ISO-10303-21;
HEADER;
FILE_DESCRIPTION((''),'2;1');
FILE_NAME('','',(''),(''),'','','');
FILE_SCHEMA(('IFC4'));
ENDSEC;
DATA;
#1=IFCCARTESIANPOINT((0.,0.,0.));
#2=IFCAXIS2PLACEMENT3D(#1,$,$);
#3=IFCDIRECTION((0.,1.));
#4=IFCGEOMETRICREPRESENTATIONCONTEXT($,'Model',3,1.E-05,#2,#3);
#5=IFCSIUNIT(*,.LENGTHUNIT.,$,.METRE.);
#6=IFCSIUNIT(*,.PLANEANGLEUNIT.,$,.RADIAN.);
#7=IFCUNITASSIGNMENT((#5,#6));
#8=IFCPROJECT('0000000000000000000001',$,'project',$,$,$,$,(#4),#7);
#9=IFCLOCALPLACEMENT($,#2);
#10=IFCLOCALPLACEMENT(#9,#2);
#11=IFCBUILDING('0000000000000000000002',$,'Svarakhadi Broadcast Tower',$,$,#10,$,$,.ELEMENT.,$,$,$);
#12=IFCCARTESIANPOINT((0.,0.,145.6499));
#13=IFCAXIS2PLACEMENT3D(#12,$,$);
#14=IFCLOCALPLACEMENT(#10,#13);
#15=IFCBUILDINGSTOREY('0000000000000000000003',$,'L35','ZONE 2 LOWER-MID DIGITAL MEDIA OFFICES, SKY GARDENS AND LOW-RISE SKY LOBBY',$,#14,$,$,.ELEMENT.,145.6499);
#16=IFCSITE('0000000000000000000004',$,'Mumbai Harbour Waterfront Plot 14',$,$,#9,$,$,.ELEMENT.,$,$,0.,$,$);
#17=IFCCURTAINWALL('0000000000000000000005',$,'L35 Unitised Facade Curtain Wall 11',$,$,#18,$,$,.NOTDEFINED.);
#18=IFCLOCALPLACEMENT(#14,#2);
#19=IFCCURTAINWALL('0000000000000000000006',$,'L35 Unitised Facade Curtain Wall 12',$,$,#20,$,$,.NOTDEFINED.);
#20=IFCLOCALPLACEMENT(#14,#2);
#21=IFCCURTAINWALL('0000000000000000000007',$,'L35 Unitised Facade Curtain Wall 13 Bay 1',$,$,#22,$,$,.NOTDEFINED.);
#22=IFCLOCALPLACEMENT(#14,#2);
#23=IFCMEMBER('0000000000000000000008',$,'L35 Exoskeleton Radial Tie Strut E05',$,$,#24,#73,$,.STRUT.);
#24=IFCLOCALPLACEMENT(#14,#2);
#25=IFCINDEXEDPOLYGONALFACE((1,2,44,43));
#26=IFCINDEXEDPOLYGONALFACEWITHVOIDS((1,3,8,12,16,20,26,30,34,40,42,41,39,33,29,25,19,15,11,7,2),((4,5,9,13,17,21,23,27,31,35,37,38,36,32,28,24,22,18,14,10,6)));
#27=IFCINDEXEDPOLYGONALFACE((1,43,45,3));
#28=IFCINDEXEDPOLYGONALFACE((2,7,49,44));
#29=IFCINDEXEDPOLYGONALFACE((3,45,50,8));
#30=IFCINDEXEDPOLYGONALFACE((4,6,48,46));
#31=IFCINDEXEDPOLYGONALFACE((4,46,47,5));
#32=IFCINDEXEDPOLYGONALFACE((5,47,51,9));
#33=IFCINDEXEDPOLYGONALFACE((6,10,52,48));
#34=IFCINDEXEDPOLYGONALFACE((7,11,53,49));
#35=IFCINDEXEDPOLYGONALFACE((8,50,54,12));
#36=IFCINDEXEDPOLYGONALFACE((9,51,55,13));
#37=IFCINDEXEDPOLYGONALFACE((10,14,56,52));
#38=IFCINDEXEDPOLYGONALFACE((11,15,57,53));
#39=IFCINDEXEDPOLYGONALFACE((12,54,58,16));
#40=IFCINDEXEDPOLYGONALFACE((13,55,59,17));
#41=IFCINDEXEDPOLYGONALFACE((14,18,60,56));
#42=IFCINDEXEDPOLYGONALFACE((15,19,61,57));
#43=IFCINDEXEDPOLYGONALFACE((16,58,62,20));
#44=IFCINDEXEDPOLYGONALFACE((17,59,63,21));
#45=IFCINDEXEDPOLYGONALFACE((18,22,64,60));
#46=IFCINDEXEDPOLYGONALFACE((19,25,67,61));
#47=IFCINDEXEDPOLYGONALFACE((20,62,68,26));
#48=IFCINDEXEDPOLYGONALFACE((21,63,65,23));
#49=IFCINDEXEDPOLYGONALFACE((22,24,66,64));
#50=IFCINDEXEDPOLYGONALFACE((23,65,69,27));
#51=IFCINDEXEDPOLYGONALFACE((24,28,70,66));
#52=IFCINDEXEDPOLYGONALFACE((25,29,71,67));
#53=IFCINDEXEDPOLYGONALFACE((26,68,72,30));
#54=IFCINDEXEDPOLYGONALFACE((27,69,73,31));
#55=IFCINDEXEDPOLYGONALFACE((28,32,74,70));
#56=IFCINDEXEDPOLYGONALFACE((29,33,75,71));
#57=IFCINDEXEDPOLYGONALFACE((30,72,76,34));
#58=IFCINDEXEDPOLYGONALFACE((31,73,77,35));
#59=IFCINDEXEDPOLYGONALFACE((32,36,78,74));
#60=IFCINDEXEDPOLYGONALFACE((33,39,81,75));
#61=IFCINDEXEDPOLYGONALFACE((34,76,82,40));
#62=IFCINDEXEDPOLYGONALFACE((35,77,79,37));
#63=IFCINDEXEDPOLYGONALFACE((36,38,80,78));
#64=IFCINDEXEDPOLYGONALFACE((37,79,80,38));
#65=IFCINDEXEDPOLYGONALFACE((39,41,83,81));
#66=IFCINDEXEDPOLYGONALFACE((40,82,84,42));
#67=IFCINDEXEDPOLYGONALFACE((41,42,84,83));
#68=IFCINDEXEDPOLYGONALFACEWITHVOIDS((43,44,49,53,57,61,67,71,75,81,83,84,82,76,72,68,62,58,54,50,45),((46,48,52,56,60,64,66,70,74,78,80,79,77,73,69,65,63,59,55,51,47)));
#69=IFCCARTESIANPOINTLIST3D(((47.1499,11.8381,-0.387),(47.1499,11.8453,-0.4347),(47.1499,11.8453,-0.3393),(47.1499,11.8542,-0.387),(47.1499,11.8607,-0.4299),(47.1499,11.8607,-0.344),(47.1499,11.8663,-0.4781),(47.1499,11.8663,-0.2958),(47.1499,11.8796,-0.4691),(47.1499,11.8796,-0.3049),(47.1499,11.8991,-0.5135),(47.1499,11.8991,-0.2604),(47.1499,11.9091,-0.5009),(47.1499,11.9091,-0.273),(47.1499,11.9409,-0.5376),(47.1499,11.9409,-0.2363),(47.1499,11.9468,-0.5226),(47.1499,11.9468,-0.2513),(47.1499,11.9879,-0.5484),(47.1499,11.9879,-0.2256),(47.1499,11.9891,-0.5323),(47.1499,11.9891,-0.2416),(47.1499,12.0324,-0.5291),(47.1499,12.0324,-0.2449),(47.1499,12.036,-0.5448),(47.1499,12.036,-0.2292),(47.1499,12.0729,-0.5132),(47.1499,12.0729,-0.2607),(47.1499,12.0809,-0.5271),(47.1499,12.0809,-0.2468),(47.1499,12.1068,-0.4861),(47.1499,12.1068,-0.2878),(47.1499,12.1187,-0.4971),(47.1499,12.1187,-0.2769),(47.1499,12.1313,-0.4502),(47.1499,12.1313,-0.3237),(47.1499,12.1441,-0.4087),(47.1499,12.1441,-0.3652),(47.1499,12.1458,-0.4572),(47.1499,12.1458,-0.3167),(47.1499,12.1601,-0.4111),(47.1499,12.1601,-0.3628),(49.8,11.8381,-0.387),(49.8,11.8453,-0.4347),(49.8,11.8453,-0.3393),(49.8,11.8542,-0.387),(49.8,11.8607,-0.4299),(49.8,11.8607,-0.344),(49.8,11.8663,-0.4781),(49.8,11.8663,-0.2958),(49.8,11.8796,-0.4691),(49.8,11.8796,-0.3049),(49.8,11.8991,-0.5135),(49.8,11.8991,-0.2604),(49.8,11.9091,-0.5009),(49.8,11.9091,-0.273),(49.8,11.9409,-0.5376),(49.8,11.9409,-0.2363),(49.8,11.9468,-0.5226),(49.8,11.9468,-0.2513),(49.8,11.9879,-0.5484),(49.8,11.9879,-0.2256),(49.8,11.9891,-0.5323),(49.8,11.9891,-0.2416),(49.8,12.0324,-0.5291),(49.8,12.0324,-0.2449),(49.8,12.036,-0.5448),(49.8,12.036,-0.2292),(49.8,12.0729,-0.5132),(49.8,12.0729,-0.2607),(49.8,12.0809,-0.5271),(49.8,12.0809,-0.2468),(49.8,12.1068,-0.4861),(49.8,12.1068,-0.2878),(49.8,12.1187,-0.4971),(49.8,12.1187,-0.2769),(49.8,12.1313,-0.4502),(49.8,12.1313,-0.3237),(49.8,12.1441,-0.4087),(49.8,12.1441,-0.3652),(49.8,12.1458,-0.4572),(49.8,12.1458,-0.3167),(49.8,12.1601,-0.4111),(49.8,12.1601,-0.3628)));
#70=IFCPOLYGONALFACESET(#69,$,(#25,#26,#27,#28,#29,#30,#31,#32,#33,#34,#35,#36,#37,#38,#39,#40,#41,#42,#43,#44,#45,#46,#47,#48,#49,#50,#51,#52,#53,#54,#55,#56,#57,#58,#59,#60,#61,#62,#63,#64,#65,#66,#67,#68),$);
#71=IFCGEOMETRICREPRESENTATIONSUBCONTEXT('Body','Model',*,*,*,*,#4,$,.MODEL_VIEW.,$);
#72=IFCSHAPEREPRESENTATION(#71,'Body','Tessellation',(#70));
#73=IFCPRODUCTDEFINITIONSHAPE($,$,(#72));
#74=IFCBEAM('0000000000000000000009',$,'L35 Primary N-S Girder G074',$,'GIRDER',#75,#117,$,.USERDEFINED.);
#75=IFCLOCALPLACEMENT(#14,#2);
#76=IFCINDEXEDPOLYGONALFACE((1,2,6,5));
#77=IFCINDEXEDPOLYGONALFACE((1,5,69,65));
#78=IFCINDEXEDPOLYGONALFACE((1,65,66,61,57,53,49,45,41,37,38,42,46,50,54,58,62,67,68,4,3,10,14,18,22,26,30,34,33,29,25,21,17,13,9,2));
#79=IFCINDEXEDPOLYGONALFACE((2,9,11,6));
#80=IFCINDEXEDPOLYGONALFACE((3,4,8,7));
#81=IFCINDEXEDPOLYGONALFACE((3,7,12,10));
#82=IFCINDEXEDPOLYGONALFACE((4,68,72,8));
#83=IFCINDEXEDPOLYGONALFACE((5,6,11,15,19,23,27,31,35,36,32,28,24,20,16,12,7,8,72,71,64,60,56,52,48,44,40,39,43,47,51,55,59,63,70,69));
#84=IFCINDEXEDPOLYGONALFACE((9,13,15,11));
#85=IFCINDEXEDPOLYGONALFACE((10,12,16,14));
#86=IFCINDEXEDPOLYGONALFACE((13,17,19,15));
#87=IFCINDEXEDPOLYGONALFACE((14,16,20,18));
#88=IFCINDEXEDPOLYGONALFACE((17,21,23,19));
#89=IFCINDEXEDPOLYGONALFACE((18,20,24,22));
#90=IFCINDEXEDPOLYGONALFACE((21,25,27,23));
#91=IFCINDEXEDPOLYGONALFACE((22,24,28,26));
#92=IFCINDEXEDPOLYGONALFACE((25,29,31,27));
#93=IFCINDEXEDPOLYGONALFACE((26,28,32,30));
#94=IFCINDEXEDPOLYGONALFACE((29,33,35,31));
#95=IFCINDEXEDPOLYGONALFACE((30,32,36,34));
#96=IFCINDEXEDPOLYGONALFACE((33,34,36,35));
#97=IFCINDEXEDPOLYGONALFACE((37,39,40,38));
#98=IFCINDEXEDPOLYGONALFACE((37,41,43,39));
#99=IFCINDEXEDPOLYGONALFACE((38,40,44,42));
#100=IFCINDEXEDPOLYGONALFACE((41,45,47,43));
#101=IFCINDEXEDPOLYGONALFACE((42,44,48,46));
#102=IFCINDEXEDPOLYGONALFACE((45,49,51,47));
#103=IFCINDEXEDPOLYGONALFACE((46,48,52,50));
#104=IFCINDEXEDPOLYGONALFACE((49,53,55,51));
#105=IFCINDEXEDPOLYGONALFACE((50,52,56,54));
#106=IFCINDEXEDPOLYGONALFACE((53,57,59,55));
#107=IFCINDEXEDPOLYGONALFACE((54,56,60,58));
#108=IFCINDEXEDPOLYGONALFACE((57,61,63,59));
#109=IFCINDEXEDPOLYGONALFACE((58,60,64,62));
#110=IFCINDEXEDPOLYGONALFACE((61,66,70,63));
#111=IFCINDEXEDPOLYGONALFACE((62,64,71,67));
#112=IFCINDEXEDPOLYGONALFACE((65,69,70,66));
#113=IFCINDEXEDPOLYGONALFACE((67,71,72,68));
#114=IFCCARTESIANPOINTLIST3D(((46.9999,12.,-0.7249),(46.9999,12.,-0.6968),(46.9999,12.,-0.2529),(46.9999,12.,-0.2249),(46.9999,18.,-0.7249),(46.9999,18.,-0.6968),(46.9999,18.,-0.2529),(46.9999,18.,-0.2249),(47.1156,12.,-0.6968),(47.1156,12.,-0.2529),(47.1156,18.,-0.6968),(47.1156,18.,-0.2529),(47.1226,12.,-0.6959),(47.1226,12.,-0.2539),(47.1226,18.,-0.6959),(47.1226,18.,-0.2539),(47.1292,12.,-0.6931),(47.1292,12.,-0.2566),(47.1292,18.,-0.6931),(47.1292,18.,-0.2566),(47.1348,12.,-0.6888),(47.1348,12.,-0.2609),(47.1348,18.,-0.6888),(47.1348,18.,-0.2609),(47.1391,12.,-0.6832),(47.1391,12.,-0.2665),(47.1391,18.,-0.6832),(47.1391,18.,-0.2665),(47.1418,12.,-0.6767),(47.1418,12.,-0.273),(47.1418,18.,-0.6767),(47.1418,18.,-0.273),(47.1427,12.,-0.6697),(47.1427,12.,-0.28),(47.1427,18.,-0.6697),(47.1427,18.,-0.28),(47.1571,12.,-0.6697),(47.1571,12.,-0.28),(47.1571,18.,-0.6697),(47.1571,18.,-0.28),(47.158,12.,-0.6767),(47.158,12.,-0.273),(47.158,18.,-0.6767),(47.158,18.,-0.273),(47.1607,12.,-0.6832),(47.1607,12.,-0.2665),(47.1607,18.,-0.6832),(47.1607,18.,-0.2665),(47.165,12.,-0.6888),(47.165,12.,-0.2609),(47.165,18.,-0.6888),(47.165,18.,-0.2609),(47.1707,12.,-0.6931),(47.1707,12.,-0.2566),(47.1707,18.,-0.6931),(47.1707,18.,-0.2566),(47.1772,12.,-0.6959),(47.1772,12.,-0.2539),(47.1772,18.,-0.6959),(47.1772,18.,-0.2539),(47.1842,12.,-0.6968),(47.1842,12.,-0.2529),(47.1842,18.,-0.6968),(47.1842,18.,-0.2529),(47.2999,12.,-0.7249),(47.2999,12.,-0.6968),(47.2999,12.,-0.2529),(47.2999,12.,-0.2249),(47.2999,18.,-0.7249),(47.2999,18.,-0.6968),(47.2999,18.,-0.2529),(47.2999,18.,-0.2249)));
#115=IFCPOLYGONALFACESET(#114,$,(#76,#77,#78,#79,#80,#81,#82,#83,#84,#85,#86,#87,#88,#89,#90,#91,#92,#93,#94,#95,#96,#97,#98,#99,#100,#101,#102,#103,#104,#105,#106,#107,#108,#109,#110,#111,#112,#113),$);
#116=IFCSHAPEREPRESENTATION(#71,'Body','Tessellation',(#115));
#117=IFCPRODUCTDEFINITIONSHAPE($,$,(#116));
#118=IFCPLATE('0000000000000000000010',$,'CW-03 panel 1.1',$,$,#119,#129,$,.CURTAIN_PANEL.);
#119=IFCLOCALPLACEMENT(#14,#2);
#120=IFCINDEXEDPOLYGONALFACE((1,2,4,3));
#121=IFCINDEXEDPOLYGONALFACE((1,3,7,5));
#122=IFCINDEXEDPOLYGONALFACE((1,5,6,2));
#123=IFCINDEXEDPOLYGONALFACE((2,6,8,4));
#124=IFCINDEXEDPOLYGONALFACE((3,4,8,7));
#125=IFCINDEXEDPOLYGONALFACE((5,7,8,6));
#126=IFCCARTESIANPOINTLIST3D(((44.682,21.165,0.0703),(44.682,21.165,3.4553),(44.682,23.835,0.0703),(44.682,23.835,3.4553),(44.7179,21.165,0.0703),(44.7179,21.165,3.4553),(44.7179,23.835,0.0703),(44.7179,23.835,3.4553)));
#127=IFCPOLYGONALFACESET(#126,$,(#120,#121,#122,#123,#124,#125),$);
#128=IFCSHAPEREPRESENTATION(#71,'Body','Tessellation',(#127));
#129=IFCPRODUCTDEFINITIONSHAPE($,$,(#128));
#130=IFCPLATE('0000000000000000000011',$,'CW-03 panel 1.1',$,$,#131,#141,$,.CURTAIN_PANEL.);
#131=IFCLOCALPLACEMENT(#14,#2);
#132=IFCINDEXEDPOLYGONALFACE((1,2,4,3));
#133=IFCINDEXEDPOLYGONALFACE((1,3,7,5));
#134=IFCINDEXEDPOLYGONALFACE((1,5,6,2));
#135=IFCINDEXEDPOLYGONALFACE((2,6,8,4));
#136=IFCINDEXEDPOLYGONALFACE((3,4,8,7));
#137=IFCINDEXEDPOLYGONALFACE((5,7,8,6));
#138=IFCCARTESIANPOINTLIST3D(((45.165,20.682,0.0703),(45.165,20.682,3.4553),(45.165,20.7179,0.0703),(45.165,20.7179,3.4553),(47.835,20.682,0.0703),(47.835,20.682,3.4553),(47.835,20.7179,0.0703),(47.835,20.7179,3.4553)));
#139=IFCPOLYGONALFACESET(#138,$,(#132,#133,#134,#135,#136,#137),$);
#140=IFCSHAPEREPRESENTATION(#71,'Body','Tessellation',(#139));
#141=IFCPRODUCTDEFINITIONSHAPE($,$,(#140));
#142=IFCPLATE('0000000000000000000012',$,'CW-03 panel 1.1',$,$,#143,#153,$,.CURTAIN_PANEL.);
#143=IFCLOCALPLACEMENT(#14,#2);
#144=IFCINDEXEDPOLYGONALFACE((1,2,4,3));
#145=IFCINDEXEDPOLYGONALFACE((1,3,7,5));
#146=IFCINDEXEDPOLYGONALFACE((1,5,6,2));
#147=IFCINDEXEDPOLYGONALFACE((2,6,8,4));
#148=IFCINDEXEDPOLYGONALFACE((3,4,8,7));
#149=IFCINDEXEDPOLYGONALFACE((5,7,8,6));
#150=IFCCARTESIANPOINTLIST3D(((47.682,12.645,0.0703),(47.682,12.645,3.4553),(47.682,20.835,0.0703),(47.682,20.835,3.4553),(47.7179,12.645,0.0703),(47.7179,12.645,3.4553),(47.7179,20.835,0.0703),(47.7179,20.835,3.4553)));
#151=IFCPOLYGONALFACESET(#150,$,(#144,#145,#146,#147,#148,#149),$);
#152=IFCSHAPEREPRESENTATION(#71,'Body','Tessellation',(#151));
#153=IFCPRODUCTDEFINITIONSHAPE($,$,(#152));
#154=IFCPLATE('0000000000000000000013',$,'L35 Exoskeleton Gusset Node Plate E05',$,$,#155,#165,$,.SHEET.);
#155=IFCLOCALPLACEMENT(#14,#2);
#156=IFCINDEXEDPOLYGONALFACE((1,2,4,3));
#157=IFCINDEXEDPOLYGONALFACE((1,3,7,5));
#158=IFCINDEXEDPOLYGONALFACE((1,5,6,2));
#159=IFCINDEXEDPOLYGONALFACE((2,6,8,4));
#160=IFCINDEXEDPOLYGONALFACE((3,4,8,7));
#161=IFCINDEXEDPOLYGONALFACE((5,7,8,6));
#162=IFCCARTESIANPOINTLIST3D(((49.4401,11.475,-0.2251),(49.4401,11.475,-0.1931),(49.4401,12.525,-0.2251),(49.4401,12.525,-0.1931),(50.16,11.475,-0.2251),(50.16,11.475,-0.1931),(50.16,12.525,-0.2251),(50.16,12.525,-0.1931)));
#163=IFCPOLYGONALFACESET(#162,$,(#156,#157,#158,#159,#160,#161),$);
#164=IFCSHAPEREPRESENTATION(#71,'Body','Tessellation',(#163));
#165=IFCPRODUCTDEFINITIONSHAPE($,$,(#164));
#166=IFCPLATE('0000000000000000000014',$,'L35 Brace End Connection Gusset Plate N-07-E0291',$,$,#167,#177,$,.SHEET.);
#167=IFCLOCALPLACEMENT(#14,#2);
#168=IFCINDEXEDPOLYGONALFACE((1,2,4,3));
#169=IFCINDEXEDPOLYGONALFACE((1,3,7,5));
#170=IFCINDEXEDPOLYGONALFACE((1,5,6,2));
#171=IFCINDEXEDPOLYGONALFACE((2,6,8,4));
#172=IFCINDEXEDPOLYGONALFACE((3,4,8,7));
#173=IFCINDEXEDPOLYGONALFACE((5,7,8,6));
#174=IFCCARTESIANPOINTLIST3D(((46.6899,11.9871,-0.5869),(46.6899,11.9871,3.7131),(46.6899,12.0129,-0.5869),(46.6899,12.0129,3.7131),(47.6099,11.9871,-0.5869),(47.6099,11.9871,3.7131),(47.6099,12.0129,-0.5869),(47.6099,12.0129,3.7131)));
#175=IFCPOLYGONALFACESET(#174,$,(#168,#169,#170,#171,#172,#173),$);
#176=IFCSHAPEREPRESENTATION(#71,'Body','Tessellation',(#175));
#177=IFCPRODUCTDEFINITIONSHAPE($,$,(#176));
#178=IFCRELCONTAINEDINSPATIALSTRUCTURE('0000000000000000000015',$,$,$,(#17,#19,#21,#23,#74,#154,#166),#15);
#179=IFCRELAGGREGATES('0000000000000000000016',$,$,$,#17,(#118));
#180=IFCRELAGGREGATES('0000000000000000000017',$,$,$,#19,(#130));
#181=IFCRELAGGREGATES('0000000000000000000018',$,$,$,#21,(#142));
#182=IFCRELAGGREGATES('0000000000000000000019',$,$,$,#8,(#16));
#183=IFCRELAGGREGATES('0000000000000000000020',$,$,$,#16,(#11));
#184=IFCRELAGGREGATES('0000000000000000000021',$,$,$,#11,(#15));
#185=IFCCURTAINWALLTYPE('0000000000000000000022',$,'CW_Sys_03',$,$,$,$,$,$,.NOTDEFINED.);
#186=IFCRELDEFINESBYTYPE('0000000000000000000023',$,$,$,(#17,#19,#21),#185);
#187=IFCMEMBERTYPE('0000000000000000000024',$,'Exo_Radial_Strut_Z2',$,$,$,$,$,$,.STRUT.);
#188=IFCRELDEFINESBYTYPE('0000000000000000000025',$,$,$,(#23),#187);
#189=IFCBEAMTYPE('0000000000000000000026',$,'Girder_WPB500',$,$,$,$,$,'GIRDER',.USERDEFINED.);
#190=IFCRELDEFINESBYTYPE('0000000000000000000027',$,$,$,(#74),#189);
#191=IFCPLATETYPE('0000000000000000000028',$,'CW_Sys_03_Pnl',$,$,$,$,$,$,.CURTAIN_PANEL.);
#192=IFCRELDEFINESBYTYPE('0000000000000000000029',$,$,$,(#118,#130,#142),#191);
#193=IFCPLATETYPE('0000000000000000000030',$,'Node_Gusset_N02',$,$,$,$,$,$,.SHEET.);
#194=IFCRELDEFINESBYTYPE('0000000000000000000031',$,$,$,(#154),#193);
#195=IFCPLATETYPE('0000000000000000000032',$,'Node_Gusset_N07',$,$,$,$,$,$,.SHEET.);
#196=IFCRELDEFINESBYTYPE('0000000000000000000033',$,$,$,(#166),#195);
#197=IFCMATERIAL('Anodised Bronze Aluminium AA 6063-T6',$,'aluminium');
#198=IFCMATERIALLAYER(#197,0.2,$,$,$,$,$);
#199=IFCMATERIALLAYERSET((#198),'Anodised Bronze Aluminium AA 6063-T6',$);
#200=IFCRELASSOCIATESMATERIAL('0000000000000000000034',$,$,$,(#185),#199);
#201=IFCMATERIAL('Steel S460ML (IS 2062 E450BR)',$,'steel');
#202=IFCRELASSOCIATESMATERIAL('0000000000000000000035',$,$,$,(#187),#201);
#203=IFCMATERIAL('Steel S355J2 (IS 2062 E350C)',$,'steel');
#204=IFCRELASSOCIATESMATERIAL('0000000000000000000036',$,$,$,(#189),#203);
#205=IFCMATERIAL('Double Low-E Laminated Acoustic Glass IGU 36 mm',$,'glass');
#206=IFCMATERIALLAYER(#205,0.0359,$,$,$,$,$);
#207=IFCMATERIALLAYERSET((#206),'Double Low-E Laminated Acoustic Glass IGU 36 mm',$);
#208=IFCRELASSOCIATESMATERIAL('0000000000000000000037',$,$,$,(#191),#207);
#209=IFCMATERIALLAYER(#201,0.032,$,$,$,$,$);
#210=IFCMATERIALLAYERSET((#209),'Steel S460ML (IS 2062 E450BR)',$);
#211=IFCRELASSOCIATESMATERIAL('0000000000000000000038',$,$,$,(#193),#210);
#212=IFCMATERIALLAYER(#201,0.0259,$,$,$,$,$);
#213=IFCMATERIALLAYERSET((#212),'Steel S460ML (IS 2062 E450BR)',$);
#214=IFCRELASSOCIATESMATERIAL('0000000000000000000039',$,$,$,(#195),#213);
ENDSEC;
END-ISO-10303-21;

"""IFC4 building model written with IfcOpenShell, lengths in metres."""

from ifc_helpers import new_model, si_unit, direction, frame, origin, origin_2d, place, context, subcontext, project, spatial, rectangle, hollow_circle, i_section, extrude, material, layer, layer_set, material_profile, profile_set, type_object, element, aggregate, save


model = new_model("IFC4")

# Units and contexts
model_context = context("Model", 3, precision=1e-05, world=origin(), true_north=direction((0.0, 1.0)))
body_context = subcontext(model_context, "Body", "Model", "MODEL_VIEW")
ifc_project = project(units=[si_unit("LENGTHUNIT", "METRE"), si_unit("PLANEANGLEUNIT", "RADIAN")], contexts=[model_context])

# Site, building, storey
site_placement = place(None, origin())
site = spatial("IfcSite", under=ifc_project, at=site_placement, Name="Mumbai Harbour Waterfront Plot 14", CompositionType="ELEMENT", RefElevation=0.0)
building_placement = place(site_placement, origin())
building = spatial("IfcBuilding", under=site, at=building_placement, Name="Svarakhadi Broadcast Tower", CompositionType="ELEMENT")
storey_placement = place(building_placement, frame((0.0, 0.0, 145.6499)))
storey = spatial("IfcBuildingStorey", under=building, at=storey_placement, Name="L35", Description="ZONE 2 LOWER-MID DIGITAL MEDIA OFFICES, SKY GARDENS AND LOW-RISE SKY LOBBY", CompositionType="ELEMENT", Elevation=145.6499)

# Shared definitions
ifc_material_1 = material(Name="Steel S460ML (IS 2062 E450BR)", Category="steel")

# Shared definitions
ifc_material_2 = material(Name="Steel S355J2 (IS 2062 E350C)", Category="steel")

# Shared definitions
ifc_material_3 = material(Name="Anodised Bronze Aluminium AA 6063-T6", Category="aluminium")
ifc_layer_1 = layer(ifc_material_3, 0.2)
ifc_layer_set_1 = layer_set([ifc_layer_1], Name="Anodised Bronze Aluminium AA 6063-T6")
curtain_wall_type = type_object("IfcCurtainWallType", Name="CW_Sys_03", PredefinedType="NOTDEFINED", material=ifc_layer_set_1)

# Curtain walls
curtain_wall_1_placement = place(storey_placement, origin())
curtain_wall_1 = element("IfcCurtainWall", 1, at=curtain_wall_1_placement, inside=storey, type_object=curtain_wall_type, Name="L35 Unitised Facade Curtain Wall 11", PredefinedType="NOTDEFINED")
curtain_wall_2_placement = place(storey_placement, origin())
curtain_wall_2 = element("IfcCurtainWall", 2, at=curtain_wall_2_placement, inside=storey, type_object=curtain_wall_type, Name="L35 Unitised Facade Curtain Wall 12", PredefinedType="NOTDEFINED")
curtain_wall_3_placement = place(storey_placement, origin())
curtain_wall_3 = element("IfcCurtainWall", 3, at=curtain_wall_3_placement, inside=storey, type_object=curtain_wall_type, Name="L35 Unitised Facade Curtain Wall 13 Bay 1", PredefinedType="NOTDEFINED")

# Member
ifc_material_profile_1 = material_profile(ifc_material_1, hollow_circle(Radius=0.1619, WallThickness=0.0161, at=origin_2d()), Name="CHS 323.9x16")
ifc_profile_set_1 = profile_set([ifc_material_profile_1], Name="Steel S460ML (IS 2062 E450BR)")
member_type_1 = type_object("IfcMemberType", Name="Exo_Radial_Strut_Z2", PredefinedType="STRUT", material=ifc_profile_set_1)
member_1_placement = place(storey_placement, frame((49.8, 12.0, -0.387), z_axis=(-1.0, 0.0, 0.0), x_axis=(0.0, -1.0, 0.0)))
element("IfcMember", 4, at=member_1_placement, inside=storey, type_object=member_type_1, Name="L35 Exoskeleton Radial Tie Strut E05", PredefinedType="STRUT", context=body_context, shape_type="SweptSolid", body=[
    extrude(hollow_circle(Radius=0.1619, WallThickness=0.0161, at=origin_2d()), origin(), (0.0, 0.0, 1.0), 2.6501),
])

# Beam
ifc_material_profile_2 = material_profile(ifc_material_2, i_section(OverallWidth=0.3, OverallDepth=0.5, WebThickness=0.0144, FlangeThickness=0.0281, FilletRadius=0.0271, at=origin_2d()), Name="WPB 500x300x187")
ifc_profile_set_2 = profile_set([ifc_material_profile_2], Name="Steel S355J2 (IS 2062 E350C)")
beam_type_1 = type_object("IfcBeamType", Name="Girder_WPB500", ElementType="GIRDER", PredefinedType="USERDEFINED", material=ifc_profile_set_2)
beam_1_placement = place(storey_placement, frame((47.1499, 12.0, -0.4749), z_axis=(0.0, 1.0, 0.0), x_axis=(-1.0, 0.0, 0.0)))
element("IfcBeam", 5, at=beam_1_placement, inside=storey, type_object=beam_type_1, Name="L35 Primary N-S Girder G074", ObjectType="GIRDER", PredefinedType="USERDEFINED", context=body_context, shape_type="SweptSolid", body=[
    extrude(i_section(OverallWidth=0.3, OverallDepth=0.5, WebThickness=0.0144, FlangeThickness=0.0281, FilletRadius=0.0271, at=origin_2d()), origin(), (0.0, 0.0, 1.0), 6.0),
])

# Plates
ifc_material_4 = material(Name="Double Low-E Laminated Acoustic Glass IGU 36 mm", Category="glass")
ifc_layer_2 = layer(ifc_material_4, 0.0359)
ifc_layer_set_2 = layer_set([ifc_layer_2], Name="Double Low-E Laminated Acoustic Glass IGU 36 mm")
plate_type_1 = type_object("IfcPlateType", Name="CW_Sys_03_Pnl", PredefinedType="CURTAIN_PANEL", material=ifc_layer_set_2)
plate_1_placement = place(storey_placement, frame((44.7, 22.5, 0.0703), z_axis=(0.0, 0.0, 1.0), x_axis=(0.0, -1.0, 0.0)))
plate_1 = element("IfcPlate", 6, at=plate_1_placement, type_object=plate_type_1, Name="CW-03 panel 1.1", PredefinedType="CURTAIN_PANEL", context=body_context, shape_type="SweptSolid", body=[
    extrude(rectangle(XDim=2.6699, YDim=0.0359, at=origin_2d()), origin(), (0.0, 0.0, 1.0), 3.385),
])
aggregate(curtain_wall_1, [plate_1])
plate_2_placement = place(storey_placement, frame((46.5, 20.7, 0.0703), z_axis=(0.0, 0.0, 1.0), x_axis=(1.0, 0.0, 0.0)))
plate_2 = element("IfcPlate", 7, at=plate_2_placement, type_object=plate_type_1, Name="CW-03 panel 1.1", PredefinedType="CURTAIN_PANEL", context=body_context, shape_type="SweptSolid", body=[
    extrude(rectangle(XDim=2.6699, YDim=0.0359, at=origin_2d()), origin(), (0.0, 0.0, 1.0), 3.385),
])
aggregate(curtain_wall_2, [plate_2])
plate_3_placement = place(storey_placement, frame((47.7, 16.74, 0.0703), z_axis=(0.0, 0.0, 1.0), x_axis=(0.0, -1.0, 0.0)))
plate_3 = element("IfcPlate", 8, at=plate_3_placement, type_object=plate_type_1, Name="CW-03 panel 1.1", PredefinedType="CURTAIN_PANEL", context=body_context, shape_type="SweptSolid", body=[
    extrude(rectangle(XDim=8.1899, YDim=0.0359, at=origin_2d()), origin(), (0.0, 0.0, 1.0), 3.385),
])
aggregate(curtain_wall_3, [plate_3])

# Plates
ifc_layer_3 = layer(ifc_material_1, 0.032)
ifc_layer_set_3 = layer_set([ifc_layer_3], Name="Steel S460ML (IS 2062 E450BR)")
plate_type_2 = type_object("IfcPlateType", Name="Node_Gusset_N02", PredefinedType="SHEET", material=ifc_layer_set_3)
plate_4_placement = place(storey_placement, frame((49.8, 12.0, -0.2251), z_axis=(0.0, 0.0, 1.0), x_axis=(0.0, 1.0, 0.0)))
element("IfcPlate", 9, at=plate_4_placement, inside=storey, type_object=plate_type_2, Name="L35 Exoskeleton Gusset Node Plate E05", PredefinedType="SHEET", context=body_context, shape_type="SweptSolid", body=[
    extrude(rectangle(XDim=1.05, YDim=0.72, at=origin_2d()), origin(), (0.0, 0.0, 1.0), 0.032),
])
ifc_layer_4 = layer(ifc_material_1, 0.0259)
ifc_layer_set_4 = layer_set([ifc_layer_4], Name="Steel S460ML (IS 2062 E450BR)")
plate_type_3 = type_object("IfcPlateType", Name="Node_Gusset_N07", PredefinedType="SHEET", material=ifc_layer_set_4)
plate_5_placement = place(storey_placement, frame((47.1499, 12.0, -0.5869), z_axis=(0.0, 0.0, 1.0), x_axis=(1.0, 0.0, 0.0)))
element("IfcPlate", 10, at=plate_5_placement, inside=storey, type_object=plate_type_3, Name="L35 Brace End Connection Gusset Plate N-07-E0291", PredefinedType="SHEET", context=body_context, shape_type="SweptSolid", body=[
    extrude(rectangle(XDim=0.9199, YDim=0.0259, at=origin_2d()), origin(), (0.0, 0.0, 1.0), 4.3),
])

save(model, "model.ifc")
